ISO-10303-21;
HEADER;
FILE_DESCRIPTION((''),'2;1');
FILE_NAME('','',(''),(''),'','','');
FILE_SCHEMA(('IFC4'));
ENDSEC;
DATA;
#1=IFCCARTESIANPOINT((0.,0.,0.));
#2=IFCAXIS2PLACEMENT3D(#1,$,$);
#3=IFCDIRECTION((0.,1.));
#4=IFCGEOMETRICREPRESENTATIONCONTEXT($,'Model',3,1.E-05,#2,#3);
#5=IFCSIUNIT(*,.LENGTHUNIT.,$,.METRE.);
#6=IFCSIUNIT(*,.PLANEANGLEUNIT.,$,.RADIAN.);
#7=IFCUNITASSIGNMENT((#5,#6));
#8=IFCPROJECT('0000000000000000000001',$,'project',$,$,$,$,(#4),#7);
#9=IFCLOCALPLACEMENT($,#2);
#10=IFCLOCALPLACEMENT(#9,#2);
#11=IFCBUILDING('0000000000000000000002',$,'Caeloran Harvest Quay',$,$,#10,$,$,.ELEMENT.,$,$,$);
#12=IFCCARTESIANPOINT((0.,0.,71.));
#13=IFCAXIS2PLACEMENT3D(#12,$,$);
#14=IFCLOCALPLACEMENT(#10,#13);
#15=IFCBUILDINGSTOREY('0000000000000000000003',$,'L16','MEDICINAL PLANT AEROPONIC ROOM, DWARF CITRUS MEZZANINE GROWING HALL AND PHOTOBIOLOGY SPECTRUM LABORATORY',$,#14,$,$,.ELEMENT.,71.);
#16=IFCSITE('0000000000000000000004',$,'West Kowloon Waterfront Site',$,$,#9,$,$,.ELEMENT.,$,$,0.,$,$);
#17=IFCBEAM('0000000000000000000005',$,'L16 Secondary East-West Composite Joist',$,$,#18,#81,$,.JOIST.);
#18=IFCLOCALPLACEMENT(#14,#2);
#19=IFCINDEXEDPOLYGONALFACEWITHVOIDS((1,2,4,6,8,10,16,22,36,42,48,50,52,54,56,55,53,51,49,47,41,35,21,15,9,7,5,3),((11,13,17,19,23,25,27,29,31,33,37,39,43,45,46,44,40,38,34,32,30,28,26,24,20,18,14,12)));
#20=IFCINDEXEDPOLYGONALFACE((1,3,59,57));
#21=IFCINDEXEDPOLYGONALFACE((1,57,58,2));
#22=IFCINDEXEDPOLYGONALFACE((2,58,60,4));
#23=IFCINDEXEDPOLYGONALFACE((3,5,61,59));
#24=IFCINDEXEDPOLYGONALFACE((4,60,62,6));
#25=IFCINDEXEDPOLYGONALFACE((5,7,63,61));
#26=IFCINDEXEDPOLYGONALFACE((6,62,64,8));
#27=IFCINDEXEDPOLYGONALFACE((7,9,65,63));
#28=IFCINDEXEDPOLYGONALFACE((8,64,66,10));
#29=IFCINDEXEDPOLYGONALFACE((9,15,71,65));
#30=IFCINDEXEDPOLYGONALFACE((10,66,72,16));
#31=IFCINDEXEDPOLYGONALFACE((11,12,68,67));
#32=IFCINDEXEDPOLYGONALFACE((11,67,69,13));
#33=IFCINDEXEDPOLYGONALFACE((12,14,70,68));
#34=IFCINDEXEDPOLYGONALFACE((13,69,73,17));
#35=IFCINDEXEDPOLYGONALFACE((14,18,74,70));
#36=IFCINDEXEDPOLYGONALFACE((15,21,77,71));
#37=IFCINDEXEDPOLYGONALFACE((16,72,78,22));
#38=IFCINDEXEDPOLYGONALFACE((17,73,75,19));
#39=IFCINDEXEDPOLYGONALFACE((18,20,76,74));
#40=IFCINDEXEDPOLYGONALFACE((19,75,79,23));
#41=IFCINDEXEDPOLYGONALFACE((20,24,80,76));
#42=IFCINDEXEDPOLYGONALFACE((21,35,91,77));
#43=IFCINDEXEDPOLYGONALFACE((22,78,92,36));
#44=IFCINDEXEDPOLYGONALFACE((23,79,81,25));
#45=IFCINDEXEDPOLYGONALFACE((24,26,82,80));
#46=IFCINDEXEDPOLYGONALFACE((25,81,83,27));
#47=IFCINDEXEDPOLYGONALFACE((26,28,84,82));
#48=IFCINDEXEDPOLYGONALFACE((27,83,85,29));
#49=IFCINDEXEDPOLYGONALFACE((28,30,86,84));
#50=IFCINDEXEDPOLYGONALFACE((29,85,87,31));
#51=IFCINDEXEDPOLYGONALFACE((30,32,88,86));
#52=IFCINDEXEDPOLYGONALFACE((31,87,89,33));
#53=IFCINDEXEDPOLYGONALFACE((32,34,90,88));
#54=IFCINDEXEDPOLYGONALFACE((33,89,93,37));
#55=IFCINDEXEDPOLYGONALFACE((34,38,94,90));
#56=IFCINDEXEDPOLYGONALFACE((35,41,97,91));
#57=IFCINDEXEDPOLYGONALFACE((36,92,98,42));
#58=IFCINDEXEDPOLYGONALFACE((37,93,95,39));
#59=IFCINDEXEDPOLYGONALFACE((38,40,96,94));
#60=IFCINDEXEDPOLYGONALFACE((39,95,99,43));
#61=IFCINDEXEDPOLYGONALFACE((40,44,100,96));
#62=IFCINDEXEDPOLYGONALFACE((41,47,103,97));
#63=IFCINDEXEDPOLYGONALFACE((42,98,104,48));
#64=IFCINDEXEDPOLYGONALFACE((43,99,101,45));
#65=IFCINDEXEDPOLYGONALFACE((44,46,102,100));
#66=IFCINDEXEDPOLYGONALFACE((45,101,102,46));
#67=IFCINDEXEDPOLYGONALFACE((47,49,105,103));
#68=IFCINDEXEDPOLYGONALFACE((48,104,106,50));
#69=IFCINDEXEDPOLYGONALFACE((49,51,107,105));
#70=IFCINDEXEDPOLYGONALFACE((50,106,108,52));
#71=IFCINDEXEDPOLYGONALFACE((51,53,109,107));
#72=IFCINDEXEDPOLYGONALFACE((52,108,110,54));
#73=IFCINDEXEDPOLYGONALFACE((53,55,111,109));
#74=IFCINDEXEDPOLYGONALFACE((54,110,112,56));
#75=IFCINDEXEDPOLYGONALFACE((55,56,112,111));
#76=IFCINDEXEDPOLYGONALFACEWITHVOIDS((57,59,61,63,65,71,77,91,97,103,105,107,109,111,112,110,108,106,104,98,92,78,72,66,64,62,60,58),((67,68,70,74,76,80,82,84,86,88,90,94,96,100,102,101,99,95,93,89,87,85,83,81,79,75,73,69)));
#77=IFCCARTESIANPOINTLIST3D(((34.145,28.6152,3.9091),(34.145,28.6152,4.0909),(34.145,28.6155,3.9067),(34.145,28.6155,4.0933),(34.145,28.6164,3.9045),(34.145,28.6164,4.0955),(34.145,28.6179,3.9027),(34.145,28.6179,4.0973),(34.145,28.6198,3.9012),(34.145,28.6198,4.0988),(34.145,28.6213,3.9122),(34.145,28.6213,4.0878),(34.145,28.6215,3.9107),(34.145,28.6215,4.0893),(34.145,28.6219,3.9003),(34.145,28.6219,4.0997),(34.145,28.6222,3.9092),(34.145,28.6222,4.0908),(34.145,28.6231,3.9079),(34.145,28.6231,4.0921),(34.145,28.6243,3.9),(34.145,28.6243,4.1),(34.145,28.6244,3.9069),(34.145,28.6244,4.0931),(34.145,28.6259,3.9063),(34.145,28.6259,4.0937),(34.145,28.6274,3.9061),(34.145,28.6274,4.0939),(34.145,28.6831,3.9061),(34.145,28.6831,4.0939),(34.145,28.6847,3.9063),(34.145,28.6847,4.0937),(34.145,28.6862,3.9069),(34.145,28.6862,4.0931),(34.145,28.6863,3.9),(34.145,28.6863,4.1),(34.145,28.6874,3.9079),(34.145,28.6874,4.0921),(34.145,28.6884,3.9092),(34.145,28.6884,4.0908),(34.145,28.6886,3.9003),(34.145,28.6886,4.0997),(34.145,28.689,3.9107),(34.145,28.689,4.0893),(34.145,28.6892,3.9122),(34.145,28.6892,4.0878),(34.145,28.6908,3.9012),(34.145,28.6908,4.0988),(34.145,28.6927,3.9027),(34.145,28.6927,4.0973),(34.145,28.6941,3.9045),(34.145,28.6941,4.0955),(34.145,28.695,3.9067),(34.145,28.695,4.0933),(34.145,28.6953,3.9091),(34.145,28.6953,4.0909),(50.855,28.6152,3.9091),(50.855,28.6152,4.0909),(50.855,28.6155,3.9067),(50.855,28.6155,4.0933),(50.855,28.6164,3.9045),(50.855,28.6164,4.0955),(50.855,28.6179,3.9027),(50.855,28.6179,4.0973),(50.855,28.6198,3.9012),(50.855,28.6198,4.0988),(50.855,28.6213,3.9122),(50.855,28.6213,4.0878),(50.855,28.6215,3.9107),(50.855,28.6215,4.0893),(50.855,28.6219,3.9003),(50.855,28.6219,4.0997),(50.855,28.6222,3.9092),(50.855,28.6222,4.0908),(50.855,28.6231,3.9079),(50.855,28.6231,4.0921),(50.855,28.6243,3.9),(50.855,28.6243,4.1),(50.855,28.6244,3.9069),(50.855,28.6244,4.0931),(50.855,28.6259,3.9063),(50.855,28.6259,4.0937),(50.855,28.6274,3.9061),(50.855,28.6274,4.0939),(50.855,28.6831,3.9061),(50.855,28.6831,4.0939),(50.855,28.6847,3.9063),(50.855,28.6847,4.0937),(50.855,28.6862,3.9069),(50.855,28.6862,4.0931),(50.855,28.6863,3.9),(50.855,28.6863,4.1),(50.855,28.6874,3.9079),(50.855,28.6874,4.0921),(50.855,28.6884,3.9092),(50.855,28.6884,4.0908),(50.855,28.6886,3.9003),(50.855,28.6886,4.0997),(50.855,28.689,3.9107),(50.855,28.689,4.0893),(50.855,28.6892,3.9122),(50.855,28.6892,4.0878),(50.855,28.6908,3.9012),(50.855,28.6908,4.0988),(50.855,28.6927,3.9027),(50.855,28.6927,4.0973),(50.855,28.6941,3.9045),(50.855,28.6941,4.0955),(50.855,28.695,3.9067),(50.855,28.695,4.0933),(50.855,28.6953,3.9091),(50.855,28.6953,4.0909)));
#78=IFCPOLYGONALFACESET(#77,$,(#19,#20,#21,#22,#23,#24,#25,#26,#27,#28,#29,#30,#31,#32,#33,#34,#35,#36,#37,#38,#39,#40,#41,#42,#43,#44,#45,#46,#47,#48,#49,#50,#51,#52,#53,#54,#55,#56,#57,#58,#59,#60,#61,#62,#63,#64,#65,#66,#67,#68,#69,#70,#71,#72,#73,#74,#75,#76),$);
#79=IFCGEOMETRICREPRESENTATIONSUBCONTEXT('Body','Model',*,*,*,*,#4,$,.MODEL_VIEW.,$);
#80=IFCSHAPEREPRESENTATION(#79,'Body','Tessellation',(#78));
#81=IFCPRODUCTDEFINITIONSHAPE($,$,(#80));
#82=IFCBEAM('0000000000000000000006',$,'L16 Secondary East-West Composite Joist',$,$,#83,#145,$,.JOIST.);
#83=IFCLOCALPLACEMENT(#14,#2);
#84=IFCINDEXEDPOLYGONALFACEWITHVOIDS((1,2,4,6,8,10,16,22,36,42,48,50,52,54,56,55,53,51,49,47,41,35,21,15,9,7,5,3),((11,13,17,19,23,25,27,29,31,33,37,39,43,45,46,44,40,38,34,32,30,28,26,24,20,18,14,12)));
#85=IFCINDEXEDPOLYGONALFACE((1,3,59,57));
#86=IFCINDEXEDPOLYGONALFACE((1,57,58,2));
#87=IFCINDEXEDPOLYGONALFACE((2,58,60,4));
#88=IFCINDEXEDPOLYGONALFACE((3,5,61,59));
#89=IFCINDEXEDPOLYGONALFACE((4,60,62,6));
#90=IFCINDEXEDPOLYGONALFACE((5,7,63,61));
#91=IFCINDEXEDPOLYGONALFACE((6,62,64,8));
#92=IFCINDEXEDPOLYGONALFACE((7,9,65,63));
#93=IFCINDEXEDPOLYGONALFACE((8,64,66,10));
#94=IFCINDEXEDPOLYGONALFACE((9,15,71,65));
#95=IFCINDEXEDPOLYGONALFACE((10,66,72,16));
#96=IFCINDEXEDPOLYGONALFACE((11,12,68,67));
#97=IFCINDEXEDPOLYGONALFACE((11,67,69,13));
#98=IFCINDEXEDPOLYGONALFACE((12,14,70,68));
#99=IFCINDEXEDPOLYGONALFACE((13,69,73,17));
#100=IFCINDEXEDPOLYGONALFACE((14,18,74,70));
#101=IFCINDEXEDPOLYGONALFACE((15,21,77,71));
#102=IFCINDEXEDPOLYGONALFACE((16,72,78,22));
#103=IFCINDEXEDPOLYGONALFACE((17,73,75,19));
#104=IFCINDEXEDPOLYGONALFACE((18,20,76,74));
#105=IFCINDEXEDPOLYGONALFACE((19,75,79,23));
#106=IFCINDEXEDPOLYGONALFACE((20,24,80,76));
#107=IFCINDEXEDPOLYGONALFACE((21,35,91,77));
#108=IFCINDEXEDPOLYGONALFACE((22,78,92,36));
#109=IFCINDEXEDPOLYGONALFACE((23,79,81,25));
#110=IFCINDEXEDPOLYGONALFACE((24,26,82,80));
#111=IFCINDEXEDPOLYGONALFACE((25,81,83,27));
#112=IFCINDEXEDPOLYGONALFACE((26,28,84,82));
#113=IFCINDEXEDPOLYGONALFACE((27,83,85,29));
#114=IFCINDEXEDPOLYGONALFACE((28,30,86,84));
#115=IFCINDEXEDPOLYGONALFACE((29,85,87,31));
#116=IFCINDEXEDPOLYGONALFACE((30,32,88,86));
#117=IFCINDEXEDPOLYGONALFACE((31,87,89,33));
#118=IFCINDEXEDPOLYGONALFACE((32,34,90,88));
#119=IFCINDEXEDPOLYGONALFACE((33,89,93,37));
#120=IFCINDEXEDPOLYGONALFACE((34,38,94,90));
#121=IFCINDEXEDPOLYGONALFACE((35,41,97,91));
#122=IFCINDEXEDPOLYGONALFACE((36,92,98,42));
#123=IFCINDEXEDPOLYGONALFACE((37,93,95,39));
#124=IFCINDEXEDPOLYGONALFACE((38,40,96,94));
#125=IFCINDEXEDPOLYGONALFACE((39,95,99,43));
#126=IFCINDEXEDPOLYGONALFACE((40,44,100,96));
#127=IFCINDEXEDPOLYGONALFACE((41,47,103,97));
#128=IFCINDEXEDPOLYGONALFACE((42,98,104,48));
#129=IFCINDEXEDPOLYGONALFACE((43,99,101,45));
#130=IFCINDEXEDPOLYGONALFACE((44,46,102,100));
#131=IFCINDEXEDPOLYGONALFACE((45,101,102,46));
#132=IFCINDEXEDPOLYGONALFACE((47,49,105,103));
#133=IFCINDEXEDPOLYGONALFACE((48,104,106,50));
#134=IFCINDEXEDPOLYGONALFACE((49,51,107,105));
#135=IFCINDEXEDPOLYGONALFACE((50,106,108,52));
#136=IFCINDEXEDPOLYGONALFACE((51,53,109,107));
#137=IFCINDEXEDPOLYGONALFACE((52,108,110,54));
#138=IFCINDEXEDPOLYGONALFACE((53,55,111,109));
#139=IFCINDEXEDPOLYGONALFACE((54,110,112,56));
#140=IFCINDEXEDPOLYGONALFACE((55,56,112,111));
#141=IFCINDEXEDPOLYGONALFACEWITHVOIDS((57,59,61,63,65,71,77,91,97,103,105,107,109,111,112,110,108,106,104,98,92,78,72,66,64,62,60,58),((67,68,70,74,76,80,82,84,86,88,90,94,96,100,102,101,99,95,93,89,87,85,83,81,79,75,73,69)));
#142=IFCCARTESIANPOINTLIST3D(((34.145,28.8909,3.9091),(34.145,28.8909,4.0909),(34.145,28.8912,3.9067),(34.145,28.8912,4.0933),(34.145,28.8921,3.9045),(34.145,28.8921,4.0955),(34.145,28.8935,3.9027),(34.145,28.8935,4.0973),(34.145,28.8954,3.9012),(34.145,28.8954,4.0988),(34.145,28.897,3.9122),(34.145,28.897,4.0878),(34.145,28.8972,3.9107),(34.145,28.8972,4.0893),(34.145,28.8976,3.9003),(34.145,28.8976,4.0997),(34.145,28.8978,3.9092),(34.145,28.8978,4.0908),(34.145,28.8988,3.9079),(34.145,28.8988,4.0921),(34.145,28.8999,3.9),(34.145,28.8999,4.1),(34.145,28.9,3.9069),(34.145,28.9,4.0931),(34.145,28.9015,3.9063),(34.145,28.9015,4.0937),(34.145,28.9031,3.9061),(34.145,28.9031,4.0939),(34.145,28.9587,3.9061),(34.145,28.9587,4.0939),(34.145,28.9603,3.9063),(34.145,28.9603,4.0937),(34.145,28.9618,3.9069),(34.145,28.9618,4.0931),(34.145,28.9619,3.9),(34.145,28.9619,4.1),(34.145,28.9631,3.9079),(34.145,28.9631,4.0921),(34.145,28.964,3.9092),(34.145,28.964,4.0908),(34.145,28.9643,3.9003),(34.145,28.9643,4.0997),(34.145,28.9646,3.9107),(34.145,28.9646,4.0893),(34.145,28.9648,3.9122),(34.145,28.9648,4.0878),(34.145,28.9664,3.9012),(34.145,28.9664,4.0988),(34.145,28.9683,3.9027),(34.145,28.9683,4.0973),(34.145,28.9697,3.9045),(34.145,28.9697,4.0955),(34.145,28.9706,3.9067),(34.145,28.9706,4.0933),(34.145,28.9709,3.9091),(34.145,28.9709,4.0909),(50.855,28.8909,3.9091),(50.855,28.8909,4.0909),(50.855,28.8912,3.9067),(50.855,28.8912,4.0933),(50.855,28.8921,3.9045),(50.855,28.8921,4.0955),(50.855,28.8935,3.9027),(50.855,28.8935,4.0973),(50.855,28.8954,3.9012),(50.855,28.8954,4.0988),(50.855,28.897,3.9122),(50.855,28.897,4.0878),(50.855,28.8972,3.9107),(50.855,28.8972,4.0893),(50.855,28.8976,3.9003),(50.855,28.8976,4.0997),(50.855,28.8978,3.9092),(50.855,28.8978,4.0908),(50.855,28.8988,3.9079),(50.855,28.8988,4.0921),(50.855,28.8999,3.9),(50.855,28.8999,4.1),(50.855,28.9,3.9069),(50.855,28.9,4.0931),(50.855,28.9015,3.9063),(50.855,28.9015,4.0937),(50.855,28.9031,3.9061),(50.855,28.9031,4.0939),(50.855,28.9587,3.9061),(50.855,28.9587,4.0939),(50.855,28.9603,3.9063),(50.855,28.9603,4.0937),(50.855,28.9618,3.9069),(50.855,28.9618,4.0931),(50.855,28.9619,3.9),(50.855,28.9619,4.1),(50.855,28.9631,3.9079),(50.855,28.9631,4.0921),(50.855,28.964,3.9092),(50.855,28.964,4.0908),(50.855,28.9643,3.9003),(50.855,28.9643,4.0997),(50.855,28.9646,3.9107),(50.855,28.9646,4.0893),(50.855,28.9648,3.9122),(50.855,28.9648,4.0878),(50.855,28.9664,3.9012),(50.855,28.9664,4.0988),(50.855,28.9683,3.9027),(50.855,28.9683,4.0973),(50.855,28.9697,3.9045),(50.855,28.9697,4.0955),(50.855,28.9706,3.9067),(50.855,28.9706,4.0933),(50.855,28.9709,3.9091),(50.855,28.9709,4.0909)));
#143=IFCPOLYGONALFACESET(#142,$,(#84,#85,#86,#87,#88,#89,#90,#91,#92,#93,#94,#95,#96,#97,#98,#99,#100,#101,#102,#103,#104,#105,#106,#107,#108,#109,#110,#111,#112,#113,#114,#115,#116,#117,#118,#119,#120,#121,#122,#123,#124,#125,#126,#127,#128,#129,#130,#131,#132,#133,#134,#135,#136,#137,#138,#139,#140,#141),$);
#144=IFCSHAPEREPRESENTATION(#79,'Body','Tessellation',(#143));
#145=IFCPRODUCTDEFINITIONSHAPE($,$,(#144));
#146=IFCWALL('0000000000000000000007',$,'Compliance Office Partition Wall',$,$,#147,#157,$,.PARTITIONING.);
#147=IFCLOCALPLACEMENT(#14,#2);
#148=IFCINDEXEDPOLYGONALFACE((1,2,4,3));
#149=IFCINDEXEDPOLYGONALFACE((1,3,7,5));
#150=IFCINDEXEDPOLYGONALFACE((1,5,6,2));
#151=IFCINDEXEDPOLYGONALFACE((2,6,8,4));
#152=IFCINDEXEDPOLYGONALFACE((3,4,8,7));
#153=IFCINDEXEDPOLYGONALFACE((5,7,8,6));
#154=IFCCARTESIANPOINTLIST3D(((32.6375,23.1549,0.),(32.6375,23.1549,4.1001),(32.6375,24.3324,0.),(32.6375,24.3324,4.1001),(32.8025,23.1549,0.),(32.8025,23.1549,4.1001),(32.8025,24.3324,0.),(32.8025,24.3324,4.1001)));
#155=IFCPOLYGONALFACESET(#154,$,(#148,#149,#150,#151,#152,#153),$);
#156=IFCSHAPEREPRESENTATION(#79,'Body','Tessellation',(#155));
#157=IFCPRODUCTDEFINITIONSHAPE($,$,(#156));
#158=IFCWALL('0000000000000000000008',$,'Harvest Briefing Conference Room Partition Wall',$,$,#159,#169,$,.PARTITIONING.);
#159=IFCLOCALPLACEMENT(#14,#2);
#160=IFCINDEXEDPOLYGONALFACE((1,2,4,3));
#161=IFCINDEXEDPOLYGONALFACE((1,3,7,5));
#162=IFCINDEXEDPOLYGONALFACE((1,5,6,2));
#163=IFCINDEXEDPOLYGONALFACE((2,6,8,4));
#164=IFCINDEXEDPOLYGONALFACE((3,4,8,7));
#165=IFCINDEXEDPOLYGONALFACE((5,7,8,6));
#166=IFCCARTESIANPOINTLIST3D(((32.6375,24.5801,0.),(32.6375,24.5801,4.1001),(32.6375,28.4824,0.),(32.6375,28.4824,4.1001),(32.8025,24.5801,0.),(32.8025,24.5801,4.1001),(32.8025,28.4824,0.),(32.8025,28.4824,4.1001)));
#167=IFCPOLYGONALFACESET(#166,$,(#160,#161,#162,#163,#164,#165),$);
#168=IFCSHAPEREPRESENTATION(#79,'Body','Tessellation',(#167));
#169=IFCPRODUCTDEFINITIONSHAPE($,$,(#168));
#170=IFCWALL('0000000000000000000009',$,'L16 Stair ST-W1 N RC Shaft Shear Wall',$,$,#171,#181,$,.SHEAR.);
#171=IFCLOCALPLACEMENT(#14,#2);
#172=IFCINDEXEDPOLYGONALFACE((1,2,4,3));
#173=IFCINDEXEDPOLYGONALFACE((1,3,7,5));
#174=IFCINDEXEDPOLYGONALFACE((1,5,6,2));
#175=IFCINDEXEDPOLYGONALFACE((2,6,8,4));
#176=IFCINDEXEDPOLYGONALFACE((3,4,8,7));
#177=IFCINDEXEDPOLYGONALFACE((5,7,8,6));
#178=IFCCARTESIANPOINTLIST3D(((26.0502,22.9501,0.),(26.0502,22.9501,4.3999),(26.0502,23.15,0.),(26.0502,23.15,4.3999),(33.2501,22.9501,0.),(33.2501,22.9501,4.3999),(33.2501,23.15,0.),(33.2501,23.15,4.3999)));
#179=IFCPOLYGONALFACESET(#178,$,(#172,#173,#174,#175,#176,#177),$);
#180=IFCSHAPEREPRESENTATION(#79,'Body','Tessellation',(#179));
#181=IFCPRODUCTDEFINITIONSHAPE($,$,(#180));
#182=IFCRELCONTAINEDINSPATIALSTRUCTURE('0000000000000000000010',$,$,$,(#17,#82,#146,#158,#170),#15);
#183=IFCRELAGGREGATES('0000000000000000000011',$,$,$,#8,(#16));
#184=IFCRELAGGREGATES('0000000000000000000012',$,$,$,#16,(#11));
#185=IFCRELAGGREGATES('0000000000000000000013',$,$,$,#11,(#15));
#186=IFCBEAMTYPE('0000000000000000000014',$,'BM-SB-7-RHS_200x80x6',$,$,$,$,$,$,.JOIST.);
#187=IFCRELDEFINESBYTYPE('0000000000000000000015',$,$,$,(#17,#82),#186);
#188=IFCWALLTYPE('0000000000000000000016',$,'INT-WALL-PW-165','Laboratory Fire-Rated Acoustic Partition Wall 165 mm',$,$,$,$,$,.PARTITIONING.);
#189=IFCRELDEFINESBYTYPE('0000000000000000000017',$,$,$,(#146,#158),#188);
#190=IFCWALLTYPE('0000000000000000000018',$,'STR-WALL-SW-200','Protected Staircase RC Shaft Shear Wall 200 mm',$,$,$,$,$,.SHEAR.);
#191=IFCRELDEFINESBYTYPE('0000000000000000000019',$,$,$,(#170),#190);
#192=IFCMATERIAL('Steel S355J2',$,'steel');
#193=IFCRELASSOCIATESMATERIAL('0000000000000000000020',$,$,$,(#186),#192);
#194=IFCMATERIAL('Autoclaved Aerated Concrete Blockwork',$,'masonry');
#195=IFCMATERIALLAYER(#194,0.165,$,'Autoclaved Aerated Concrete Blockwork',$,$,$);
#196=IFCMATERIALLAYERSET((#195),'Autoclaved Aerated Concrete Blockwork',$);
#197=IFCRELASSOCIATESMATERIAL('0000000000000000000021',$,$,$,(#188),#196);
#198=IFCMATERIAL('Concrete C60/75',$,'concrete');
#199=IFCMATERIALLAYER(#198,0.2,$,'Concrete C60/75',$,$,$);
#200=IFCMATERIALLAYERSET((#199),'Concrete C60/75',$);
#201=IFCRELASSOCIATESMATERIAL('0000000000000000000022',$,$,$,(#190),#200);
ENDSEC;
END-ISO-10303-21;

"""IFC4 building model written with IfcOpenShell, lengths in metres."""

from ifc_helpers import new_model, si_unit, direction, frame, frame_2d, origin, origin_2d, place, context, subcontext, project, spatial, rectangle, hollow_rectangle, extrude, material, layer, layer_set, material_profile, profile_set, type_object, element, save


model = new_model("IFC4")

# Units and contexts
model_context = context("Model", 3, precision=1e-05, world=origin(), true_north=direction((0.0, 1.0)))
body_context = subcontext(model_context, "Body", "Model", "MODEL_VIEW")
ifc_project = project(units=[si_unit("LENGTHUNIT", "METRE"), si_unit("PLANEANGLEUNIT", "RADIAN")], contexts=[model_context])

# Site, building, storey
site_placement = place(None, origin())
site = spatial("IfcSite", under=ifc_project, at=site_placement, Name="West Kowloon Waterfront Site", CompositionType="ELEMENT", RefElevation=0.0)
building_placement = place(site_placement, origin())
building = spatial("IfcBuilding", under=site, at=building_placement, Name="Caeloran Harvest Quay", CompositionType="ELEMENT")
storey_placement = place(building_placement, frame((0.0, 0.0, 71.0)))
storey = spatial("IfcBuildingStorey", under=building, at=storey_placement, Name="L16", Description="MEDICINAL PLANT AEROPONIC ROOM, DWARF CITRUS MEZZANINE GROWING HALL AND PHOTOBIOLOGY SPECTRUM LABORATORY", CompositionType="ELEMENT", Elevation=71.0)

# Beams
ifc_material_1 = material(Name="Steel S355J2", Category="steel")
ifc_material_profile_1 = material_profile(ifc_material_1, hollow_rectangle(XDim=0.0801, YDim=0.2, WallThickness=0.0061, InnerFilletRadius=0.0061, OuterFilletRadius=0.009, at=origin_2d()), Name="RHS 200x80x6")
ifc_profile_set_1 = profile_set([ifc_material_profile_1], Name="Steel S355J2")
beam_type_1 = type_object("IfcBeamType", Name="BM-SB-7-RHS_200x80x6", PredefinedType="JOIST", material=ifc_profile_set_1)
for number, where, z_axis, x_axis, name in (
    (1, (34.145, 28.6553, 4.0), (1.0, 0.0, 0.0), (0.0, 1.0, 0.0), "L16 Secondary East-West Composite Joist"),
    (2, (34.145, 28.9309, 4.0), (1.0, 0.0, 0.0), (0.0, 1.0, 0.0), "L16 Secondary East-West Composite Joist"),
):
    element("IfcBeam", number, at=place(storey_placement, frame(where, z_axis=z_axis, x_axis=x_axis)), inside=storey, type_object=beam_type_1, Name=name, PredefinedType="JOIST", context=body_context, shape_type="SweptSolid", body=[
        extrude(hollow_rectangle(XDim=0.0801, YDim=0.2, WallThickness=0.0061, InnerFilletRadius=0.0061, OuterFilletRadius=0.009, at=origin_2d()), origin(), (0.0, 0.0, 1.0), 16.71),
    ])

# Walls
ifc_material_2 = material(Name="Autoclaved Aerated Concrete Blockwork", Category="masonry")
ifc_layer_1 = layer(ifc_material_2, 0.165, Name="Autoclaved Aerated Concrete Blockwork")
ifc_layer_set_1 = layer_set([ifc_layer_1], Name="Autoclaved Aerated Concrete Blockwork")
wall_type_1 = type_object("IfcWallType", Name="INT-WALL-PW-165", Description="Laboratory Fire-Rated Acoustic Partition Wall 165 mm", PredefinedType="PARTITIONING", material=ifc_layer_set_1)
wall_1_placement = place(storey_placement, frame((32.72, 24.3325, 0.0), z_axis=(0.0, 0.0, 1.0), x_axis=(0.0, -1.0, 0.0)))
element("IfcWall", 3, at=wall_1_placement, inside=storey, type_object=wall_type_1, Name="Compliance Office Partition Wall", PredefinedType="PARTITIONING", context=body_context, shape_type="SweptSolid", body=[
    extrude(rectangle(XDim=1.1775, YDim=0.165, at=frame_2d((0.5889, 0.0))), origin(), (0.0, 0.0, 1.0), 4.1001),
])
wall_2_placement = place(storey_placement, frame((32.72, 28.4824, 0.0), z_axis=(0.0, 0.0, 1.0), x_axis=(0.0, -1.0, 0.0)))
element("IfcWall", 4, at=wall_2_placement, inside=storey, type_object=wall_type_1, Name="Harvest Briefing Conference Room Partition Wall", PredefinedType="PARTITIONING", context=body_context, shape_type="SweptSolid", body=[
    extrude(rectangle(XDim=3.9023, YDim=0.165, at=frame_2d((1.9512, 0.0))), origin(), (0.0, 0.0, 1.0), 4.1001),
])
ifc_material_3 = material(Name="Concrete C60/75", Category="concrete")
ifc_layer_2 = layer(ifc_material_3, 0.2, Name="Concrete C60/75")
ifc_layer_set_2 = layer_set([ifc_layer_2], Name="Concrete C60/75")
wall_type_2 = type_object("IfcWallType", Name="STR-WALL-SW-200", Description="Protected Staircase RC Shaft Shear Wall 200 mm", PredefinedType="SHEAR", material=ifc_layer_set_2)
wall_3_placement = place(storey_placement, frame((26.05, 23.05, 0.0), z_axis=(0.0, 0.0, 1.0), x_axis=(1.0, 0.0, 0.0)))
element("IfcWall", 5, at=wall_3_placement, inside=storey, type_object=wall_type_2, Name="L16 Stair ST-W1 N RC Shaft Shear Wall", PredefinedType="SHEAR", context=body_context, shape_type="SweptSolid", body=[
    extrude(rectangle(XDim=7.2, YDim=0.2, at=frame_2d((3.6001, 0.0))), origin(), (0.0, 0.0, 1.0), 4.3999),
])

save(model, "model.ifc")
